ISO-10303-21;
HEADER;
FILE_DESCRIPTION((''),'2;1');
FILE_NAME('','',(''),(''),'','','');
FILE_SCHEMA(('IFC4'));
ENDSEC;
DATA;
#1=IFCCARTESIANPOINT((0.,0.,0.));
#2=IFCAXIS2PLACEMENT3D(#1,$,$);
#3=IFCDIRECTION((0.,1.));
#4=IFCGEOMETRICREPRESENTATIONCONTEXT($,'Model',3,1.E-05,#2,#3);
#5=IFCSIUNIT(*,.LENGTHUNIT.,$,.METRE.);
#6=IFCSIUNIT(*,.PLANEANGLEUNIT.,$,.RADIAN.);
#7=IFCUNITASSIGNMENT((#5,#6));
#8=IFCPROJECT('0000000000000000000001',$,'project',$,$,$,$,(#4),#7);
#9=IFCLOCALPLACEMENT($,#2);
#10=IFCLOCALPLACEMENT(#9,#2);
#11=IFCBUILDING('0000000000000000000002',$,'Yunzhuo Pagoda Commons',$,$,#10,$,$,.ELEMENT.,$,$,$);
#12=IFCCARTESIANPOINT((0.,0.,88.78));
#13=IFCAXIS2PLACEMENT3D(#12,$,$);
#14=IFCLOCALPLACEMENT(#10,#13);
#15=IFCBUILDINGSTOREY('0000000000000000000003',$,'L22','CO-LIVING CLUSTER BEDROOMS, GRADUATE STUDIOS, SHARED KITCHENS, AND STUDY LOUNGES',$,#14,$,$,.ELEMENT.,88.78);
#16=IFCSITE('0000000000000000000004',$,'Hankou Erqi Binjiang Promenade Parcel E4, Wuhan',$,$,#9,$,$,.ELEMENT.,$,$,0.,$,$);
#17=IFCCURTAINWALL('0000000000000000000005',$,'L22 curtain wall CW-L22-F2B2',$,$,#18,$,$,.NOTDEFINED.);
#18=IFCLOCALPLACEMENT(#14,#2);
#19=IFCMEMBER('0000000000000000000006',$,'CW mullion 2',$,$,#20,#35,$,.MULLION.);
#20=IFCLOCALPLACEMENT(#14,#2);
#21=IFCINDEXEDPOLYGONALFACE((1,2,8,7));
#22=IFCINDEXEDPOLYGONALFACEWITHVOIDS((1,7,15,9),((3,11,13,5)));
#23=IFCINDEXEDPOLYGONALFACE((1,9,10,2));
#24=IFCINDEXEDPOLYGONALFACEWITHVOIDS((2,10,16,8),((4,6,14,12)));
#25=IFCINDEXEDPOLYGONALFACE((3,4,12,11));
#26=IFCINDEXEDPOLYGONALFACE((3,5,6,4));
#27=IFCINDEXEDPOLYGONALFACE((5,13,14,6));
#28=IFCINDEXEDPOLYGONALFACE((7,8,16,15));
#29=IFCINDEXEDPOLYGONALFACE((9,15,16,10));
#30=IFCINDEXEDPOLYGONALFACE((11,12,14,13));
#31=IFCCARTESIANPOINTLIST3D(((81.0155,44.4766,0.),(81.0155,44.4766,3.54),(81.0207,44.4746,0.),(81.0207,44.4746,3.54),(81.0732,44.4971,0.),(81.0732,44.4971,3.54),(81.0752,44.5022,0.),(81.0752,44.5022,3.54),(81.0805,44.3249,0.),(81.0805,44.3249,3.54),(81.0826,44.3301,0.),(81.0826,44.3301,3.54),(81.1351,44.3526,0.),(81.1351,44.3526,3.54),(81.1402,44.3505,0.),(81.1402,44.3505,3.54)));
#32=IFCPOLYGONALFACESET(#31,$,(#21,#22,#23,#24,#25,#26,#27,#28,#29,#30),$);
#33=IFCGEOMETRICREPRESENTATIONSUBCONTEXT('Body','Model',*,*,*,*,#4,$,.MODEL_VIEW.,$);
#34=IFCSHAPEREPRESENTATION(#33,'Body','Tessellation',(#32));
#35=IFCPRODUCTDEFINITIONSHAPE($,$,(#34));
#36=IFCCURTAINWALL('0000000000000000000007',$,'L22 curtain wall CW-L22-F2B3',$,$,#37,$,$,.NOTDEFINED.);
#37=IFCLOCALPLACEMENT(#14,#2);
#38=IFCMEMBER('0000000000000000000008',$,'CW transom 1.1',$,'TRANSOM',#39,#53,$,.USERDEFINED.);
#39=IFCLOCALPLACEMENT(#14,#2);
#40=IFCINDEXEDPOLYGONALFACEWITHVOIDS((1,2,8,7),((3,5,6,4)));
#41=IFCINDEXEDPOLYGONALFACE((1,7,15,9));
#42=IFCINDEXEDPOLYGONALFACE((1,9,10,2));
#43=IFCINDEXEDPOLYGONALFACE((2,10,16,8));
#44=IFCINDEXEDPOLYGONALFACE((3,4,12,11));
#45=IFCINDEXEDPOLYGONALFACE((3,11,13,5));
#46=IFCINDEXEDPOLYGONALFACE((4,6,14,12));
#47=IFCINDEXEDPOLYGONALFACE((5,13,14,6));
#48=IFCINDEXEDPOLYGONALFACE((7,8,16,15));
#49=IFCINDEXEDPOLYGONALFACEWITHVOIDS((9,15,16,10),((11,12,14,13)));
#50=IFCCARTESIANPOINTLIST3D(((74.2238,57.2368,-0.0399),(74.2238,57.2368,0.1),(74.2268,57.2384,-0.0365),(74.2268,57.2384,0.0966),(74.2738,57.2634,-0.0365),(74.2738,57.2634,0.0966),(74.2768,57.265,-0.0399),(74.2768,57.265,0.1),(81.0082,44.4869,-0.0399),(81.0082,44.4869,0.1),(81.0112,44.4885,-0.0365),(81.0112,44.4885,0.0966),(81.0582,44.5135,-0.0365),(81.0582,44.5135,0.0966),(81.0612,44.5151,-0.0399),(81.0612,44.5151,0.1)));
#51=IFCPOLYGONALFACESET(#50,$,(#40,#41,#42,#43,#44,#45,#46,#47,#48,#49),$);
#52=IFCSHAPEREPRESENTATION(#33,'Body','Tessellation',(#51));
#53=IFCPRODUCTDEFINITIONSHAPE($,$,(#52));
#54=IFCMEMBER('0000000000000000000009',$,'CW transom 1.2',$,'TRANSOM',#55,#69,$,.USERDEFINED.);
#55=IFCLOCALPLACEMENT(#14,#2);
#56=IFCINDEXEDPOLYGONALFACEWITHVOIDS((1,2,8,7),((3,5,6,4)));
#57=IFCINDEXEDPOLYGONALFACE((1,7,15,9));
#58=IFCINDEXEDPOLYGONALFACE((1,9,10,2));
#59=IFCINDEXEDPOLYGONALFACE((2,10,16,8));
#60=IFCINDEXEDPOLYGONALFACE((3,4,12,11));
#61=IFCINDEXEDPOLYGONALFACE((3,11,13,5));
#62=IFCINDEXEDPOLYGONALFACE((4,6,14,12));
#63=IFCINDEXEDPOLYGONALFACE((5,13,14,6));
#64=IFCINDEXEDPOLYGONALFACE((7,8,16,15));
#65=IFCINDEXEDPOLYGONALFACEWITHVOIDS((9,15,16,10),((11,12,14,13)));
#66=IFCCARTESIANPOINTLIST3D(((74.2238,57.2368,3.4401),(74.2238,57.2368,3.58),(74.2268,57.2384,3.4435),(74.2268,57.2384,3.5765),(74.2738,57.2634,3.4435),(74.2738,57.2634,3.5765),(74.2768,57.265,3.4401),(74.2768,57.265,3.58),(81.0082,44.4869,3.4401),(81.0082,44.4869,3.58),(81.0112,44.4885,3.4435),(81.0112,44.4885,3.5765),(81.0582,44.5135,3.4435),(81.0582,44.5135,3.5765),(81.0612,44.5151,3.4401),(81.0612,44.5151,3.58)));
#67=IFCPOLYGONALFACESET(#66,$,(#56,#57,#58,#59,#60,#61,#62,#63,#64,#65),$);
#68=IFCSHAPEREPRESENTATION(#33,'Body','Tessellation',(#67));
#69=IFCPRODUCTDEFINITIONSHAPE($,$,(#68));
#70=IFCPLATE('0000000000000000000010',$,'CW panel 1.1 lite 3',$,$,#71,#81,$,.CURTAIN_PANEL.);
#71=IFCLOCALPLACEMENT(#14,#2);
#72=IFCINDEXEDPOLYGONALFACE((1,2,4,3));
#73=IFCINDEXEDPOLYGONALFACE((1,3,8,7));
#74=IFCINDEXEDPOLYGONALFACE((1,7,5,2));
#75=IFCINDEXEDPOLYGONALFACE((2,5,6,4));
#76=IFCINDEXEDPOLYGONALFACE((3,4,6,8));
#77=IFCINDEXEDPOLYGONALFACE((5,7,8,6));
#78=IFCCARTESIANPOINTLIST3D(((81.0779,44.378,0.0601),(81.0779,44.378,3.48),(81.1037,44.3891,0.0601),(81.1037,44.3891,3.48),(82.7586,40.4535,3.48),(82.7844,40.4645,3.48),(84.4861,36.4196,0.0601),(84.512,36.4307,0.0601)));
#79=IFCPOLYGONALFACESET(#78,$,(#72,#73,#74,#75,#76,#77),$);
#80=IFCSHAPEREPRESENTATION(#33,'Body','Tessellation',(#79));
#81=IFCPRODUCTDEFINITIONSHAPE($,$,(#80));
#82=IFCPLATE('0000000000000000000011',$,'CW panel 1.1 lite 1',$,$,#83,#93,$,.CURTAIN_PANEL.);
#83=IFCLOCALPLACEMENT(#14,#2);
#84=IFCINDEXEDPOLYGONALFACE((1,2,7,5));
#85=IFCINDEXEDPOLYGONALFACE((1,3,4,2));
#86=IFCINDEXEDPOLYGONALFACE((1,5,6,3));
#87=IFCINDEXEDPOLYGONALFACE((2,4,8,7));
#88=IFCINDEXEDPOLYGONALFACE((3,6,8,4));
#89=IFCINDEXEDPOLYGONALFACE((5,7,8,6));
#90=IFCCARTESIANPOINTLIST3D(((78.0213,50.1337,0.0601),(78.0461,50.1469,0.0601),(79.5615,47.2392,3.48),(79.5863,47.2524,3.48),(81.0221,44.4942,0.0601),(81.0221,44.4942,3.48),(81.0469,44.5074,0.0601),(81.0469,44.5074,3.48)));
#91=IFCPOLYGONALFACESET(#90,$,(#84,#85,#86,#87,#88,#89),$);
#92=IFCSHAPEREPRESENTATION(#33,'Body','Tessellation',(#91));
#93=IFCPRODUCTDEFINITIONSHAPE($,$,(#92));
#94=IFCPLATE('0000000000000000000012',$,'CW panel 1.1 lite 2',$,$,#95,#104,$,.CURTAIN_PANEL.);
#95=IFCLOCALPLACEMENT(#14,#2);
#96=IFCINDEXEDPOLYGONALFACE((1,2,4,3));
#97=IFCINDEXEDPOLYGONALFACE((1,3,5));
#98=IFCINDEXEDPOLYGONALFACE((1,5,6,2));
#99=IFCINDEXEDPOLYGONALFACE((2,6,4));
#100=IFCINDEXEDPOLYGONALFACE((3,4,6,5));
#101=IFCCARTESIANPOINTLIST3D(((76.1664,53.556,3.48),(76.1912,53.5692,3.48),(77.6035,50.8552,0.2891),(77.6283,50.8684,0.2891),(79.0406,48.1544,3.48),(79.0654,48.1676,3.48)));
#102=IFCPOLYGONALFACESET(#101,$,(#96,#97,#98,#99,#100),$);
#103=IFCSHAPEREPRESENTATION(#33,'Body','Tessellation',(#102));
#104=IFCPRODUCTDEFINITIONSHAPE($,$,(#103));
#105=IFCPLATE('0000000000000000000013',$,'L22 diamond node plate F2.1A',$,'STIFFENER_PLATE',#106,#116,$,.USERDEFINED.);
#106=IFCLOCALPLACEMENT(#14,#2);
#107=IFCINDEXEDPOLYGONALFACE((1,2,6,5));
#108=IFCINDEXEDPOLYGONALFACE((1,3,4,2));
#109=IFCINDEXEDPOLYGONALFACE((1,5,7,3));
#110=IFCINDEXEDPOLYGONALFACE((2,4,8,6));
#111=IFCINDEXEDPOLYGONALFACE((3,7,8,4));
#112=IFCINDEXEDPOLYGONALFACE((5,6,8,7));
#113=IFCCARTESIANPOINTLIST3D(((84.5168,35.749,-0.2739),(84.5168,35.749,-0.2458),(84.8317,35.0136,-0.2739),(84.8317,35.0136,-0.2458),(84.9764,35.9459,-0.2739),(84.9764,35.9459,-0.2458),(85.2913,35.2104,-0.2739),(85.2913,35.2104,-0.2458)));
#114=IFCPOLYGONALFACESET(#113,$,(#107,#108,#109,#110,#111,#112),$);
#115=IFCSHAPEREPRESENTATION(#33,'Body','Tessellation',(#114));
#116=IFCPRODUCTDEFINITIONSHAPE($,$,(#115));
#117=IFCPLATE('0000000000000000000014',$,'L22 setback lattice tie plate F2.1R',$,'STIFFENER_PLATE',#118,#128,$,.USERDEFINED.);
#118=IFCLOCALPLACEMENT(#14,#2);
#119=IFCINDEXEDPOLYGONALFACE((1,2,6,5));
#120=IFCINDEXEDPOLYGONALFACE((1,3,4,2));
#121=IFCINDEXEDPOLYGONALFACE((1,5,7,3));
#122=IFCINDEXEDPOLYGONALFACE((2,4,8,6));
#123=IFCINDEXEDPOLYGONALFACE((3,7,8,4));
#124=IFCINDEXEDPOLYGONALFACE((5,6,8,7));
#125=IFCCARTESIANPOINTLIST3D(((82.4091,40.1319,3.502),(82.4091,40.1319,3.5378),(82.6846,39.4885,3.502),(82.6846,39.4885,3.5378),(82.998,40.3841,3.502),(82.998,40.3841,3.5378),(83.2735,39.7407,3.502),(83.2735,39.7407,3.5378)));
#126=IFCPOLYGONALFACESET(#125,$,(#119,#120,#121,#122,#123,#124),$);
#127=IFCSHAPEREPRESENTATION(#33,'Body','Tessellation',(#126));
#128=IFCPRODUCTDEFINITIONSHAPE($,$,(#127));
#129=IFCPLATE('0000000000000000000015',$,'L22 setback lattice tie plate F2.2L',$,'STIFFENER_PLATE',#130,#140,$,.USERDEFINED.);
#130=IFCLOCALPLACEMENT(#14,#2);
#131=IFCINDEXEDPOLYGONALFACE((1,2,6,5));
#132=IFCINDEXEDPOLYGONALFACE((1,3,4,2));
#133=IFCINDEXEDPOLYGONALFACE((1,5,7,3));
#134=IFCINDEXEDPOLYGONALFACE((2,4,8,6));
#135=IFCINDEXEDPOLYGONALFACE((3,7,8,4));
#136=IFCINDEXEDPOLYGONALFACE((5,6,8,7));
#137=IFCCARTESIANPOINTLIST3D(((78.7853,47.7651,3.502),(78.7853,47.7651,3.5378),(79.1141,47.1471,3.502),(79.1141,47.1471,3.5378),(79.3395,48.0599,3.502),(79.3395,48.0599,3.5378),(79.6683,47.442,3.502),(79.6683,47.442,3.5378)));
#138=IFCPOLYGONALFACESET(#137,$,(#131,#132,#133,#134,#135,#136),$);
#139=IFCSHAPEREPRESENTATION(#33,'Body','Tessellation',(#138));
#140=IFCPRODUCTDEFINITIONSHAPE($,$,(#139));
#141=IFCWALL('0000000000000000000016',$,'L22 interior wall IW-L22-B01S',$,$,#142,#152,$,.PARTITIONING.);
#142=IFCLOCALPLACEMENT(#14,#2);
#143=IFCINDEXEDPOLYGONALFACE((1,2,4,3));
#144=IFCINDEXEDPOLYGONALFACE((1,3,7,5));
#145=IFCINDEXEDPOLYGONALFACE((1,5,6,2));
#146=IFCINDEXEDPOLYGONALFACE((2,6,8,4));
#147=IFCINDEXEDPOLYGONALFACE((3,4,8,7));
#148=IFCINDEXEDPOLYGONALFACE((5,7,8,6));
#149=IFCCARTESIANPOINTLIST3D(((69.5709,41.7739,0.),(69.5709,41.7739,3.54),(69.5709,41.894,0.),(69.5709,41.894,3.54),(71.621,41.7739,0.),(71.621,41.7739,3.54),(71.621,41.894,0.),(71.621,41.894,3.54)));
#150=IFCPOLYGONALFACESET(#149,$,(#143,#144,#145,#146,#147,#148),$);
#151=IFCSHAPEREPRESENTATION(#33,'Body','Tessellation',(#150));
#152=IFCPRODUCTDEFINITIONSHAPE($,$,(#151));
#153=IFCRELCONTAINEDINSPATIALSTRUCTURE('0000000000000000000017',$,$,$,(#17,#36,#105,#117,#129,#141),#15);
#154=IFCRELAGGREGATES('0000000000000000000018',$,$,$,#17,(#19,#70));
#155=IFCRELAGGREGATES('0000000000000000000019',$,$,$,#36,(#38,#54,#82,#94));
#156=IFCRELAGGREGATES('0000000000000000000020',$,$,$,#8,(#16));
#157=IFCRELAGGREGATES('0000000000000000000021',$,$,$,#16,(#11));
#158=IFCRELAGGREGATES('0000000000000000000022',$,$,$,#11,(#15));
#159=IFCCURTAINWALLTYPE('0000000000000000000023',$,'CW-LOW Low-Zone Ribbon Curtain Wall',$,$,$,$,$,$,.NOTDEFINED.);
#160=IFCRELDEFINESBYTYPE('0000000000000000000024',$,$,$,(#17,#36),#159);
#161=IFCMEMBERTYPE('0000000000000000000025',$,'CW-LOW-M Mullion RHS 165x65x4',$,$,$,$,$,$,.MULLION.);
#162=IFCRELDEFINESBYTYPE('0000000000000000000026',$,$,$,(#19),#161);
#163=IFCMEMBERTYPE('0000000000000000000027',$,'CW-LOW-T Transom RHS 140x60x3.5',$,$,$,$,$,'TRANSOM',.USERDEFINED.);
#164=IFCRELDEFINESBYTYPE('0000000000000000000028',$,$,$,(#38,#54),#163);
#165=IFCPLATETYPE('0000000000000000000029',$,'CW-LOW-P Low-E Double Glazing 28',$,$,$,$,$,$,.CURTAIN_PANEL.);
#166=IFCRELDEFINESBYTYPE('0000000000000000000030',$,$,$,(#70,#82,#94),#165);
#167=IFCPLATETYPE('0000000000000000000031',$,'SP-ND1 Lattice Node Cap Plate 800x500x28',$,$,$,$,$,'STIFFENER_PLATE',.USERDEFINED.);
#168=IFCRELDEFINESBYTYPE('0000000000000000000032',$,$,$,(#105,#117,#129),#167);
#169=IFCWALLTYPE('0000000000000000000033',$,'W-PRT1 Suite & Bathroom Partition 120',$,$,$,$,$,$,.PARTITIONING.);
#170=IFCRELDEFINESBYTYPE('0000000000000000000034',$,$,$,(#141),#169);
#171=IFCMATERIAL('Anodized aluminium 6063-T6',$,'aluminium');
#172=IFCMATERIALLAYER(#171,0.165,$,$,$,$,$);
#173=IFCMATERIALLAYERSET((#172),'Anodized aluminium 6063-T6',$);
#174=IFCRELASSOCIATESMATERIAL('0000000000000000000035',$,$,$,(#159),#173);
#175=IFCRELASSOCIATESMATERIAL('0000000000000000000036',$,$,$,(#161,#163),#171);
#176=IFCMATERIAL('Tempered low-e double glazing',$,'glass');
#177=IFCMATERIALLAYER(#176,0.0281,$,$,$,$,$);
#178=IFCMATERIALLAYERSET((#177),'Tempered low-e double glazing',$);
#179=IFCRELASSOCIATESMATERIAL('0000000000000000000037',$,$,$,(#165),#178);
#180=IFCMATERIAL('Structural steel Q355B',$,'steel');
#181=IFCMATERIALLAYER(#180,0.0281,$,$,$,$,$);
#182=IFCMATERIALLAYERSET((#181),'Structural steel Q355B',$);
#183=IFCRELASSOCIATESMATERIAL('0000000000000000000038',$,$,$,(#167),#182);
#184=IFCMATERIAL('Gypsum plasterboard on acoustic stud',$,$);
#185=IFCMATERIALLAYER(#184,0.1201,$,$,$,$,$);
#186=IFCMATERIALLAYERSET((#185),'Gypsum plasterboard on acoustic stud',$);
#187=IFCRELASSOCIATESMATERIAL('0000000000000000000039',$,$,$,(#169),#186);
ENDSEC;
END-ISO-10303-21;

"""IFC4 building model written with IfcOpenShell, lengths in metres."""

from ifc_helpers import new_model, si_unit, direction, frame, frame_2d, origin, origin_2d, place, context, subcontext, project, spatial, polyline, rectangle, hollow_rectangle, outline, extrude, source, transform, mapped, material, layer, layer_set, material_profile, profile_set, type_object, element, aggregate, save


model = new_model("IFC4")

# Units and contexts
model_context = context("Model", 3, precision=1e-05, world=origin(), true_north=direction((0.0, 1.0)))
body_context = subcontext(model_context, "Body", "Model", "MODEL_VIEW")
ifc_project = project(units=[si_unit("LENGTHUNIT", "METRE"), si_unit("PLANEANGLEUNIT", "RADIAN")], contexts=[model_context])

# Site, building, storey
site_placement = place(None, origin())
site = spatial("IfcSite", under=ifc_project, at=site_placement, Name="Hankou Erqi Binjiang Promenade Parcel E4, Wuhan", CompositionType="ELEMENT", RefElevation=0.0)
building_placement = place(site_placement, origin())
building = spatial("IfcBuilding", under=site, at=building_placement, Name="Yunzhuo Pagoda Commons", CompositionType="ELEMENT")
storey_placement = place(building_placement, frame((0.0, 0.0, 88.78)))
storey = spatial("IfcBuildingStorey", under=building, at=storey_placement, Name="L22", Description="CO-LIVING CLUSTER BEDROOMS, GRADUATE STUDIOS, SHARED KITCHENS, AND STUDY LOUNGES", CompositionType="ELEMENT", Elevation=88.78)

# Shared definitions
ifc_material_1 = material(Name="Structural steel Q355B", Category="steel")

# Curtain wall, member
ifc_material_2 = material(Name="Anodized aluminium 6063-T6", Category="aluminium")
ifc_layer_1 = layer(ifc_material_2, 0.165)
ifc_layer_set_1 = layer_set([ifc_layer_1], Name="Anodized aluminium 6063-T6")
curtain_wall_type = type_object("IfcCurtainWallType", Name="CW-LOW Low-Zone Ribbon Curtain Wall", PredefinedType="NOTDEFINED", material=ifc_layer_set_1)
curtain_wall_1_placement = place(storey_placement, origin())
curtain_wall_1 = element("IfcCurtainWall", 1, at=curtain_wall_1_placement, inside=storey, type_object=curtain_wall_type, Name="L22 curtain wall CW-L22-F2B2", PredefinedType="NOTDEFINED")
ifc_material_profile_1 = material_profile(ifc_material_2, hollow_rectangle(XDim=0.0649, YDim=0.165, WallThickness=0.0039, at=origin_2d()), Name="Anodized aluminium 6063-T6")
ifc_profile_set_1 = profile_set([ifc_material_profile_1], Name="Anodized aluminium 6063-T6")
member_type_1 = type_object("IfcMemberType", Name="CW-LOW-M Mullion RHS 165x65x4", PredefinedType="MULLION", material=ifc_profile_set_1)
shared_shape_1 = source(origin(), body_context, "Body", "SweptSolid", [
    extrude(hollow_rectangle(XDim=0.0649, YDim=0.165, WallThickness=0.0039, at=origin_2d()), origin(), (0.0, 0.0, 1.0), 3.54),
])
member_1_placement = place(storey_placement, frame((81.0779, 44.4136, 0.0), z_axis=(0.0, 0.0, 1.0), x_axis=(-0.91925, -0.393674, 0.0)))
member_1 = element("IfcMember", 2, at=member_1_placement, type_object=member_type_1, Name="CW mullion 2", PredefinedType="MULLION", context=body_context, shape_type="MappedRepresentation", body=[
    mapped(shared_shape_1, transform((0.0, 0.0, 0.0), scale=1.0)),
])

# Curtain wall, members
curtain_wall_2_placement = place(storey_placement, origin())
curtain_wall_2 = element("IfcCurtainWall", 3, at=curtain_wall_2_placement, inside=storey, type_object=curtain_wall_type, Name="L22 curtain wall CW-L22-F2B3", PredefinedType="NOTDEFINED")
ifc_material_profile_2 = material_profile(ifc_material_2, hollow_rectangle(XDim=0.0601, YDim=0.1399, WallThickness=0.0034, at=origin_2d()), Name="Anodized aluminium 6063-T6")
ifc_profile_set_2 = profile_set([ifc_material_profile_2], Name="Anodized aluminium 6063-T6")
member_type_2 = type_object("IfcMemberType", Name="CW-LOW-T Transom RHS 140x60x3.5", ElementType="TRANSOM", PredefinedType="USERDEFINED", material=ifc_profile_set_2)
shared_shape_2 = source(origin(), body_context, "Body", "SweptSolid", [
    extrude(hollow_rectangle(XDim=0.0601, YDim=0.1399, WallThickness=0.0034, at=origin_2d()), origin(), (0.0, 0.0, 1.0), 14.4426),
])
member_2_placement = place(storey_placement, frame((81.0347, 44.501, 0.03), z_axis=(-0.469748, 0.8828, 0.0), x_axis=(-0.8828, -0.469748, 0.0)))
member_2 = element("IfcMember", 4, at=member_2_placement, type_object=member_type_2, Name="CW transom 1.1", ObjectType="TRANSOM", PredefinedType="USERDEFINED", context=body_context, shape_type="MappedRepresentation", body=[
    mapped(shared_shape_2, transform((0.0, 0.0, 0.0), scale=1.0)),
])
member_3_placement = place(storey_placement, frame((81.0347, 44.501, 3.51), z_axis=(-0.469748, 0.8828, 0.0), x_axis=(-0.8828, -0.469748, 0.0)))
member_3 = element("IfcMember", 5, at=member_3_placement, type_object=member_type_2, Name="CW transom 1.2", ObjectType="TRANSOM", PredefinedType="USERDEFINED", context=body_context, shape_type="MappedRepresentation", body=[
    mapped(shared_shape_2, transform((0.0, 0.0, 0.0), scale=1.0)),
])

# Plates
ifc_material_3 = material(Name="Tempered low-e double glazing", Category="glass")
ifc_layer_2 = layer(ifc_material_3, 0.0281)
ifc_layer_set_2 = layer_set([ifc_layer_2], Name="Tempered low-e double glazing")
plate_type_1 = type_object("IfcPlateType", Name="CW-LOW-P Low-E Double Glazing 28", PredefinedType="CURTAIN_PANEL", material=ifc_layer_set_2)
plate_1_placement = place(storey_placement, frame((82.782, 40.3989, 1.77), z_axis=(0.91925, 0.393674, 0.0), x_axis=(-0.393674, 0.91925, 0.0)))
plate_1 = element("IfcPlate", 6, at=plate_1_placement, type_object=plate_type_1, Name="CW panel 1.1 lite 3", PredefinedType="CURTAIN_PANEL", context=body_context, shape_type="SweptSolid", body=[
    extrude(outline(polyline([(-4.3289, -1.71), (4.3286, -1.71), (4.3286, 1.71), (0.0593, 1.71), (-4.3289, -1.71)])), origin(), (0.0, 0.0, 1.0), 0.0281),
])
aggregate(curtain_wall_1, [member_1, plate_1])
plate_2_placement = place(storey_placement, frame((79.5217, 47.314, 1.77), z_axis=(0.882805, 0.46974, 0.0), x_axis=(-0.46974, 0.882805, 0.0)))
plate_2 = element("IfcPlate", 7, at=plate_2_placement, type_object=plate_type_1, Name="CW panel 1.1 lite 1", PredefinedType="CURTAIN_PANEL", context=body_context, shape_type="SweptSolid", body=[
    extrude(outline(polyline([(-3.1941, -1.71), (3.1941, -1.71), (-0.0847, 1.71), (-3.1941, 1.71), (-3.1941, -1.71)])), origin(), (0.0, 0.0, 1.0), 0.0281),
])
plate_3_placement = place(storey_placement, frame((77.6035, 50.8552, 1.8845), z_axis=(0.882805, 0.46974, 0.0), x_axis=(-0.46974, 0.882805, 0.0)))
plate_3 = element("IfcPlate", 8, at=plate_3_placement, type_object=plate_type_1, Name="CW panel 1.1 lite 2", PredefinedType="CURTAIN_PANEL", context=body_context, shape_type="SweptSolid", body=[
    extrude(outline(polyline([(-3.0593, 1.5955), (0.0, -1.5955), (3.0593, 1.5955), (-3.0593, 1.5955)])), origin(), (0.0, 0.0, 1.0), 0.0281),
])
aggregate(curtain_wall_2, [member_2, member_3, plate_2, plate_3])

# Plates
ifc_layer_3 = layer(ifc_material_1, 0.0281)
ifc_layer_set_3 = layer_set([ifc_layer_3], Name="Structural steel Q355B")
plate_type_2 = type_object("IfcPlateType", Name="SP-ND1 Lattice Node Cap Plate 800x500x28", ElementType="STIFFENER_PLATE", PredefinedType="USERDEFINED", material=ifc_layer_set_3)
shared_shape_3 = source(origin(), body_context, "Body", "SweptSolid", [
    extrude(rectangle(XDim=0.8, YDim=0.5, at=origin_2d()), origin(), (0.0, 0.0, 1.0), 0.0281),
])
plate_4_placement = place(storey_placement, frame((84.9041, 35.4797, -0.2739), z_axis=(0.0, 0.0, 1.0), x_axis=(-0.393669, 0.919252, 0.0)))
element("IfcPlate", 9, at=plate_4_placement, inside=storey, type_object=plate_type_2, Name="L22 diamond node plate F2.1A", ObjectType="STIFFENER_PLATE", PredefinedType="USERDEFINED", context=body_context, shape_type="MappedRepresentation", body=[
    mapped(shared_shape_3, transform((0.0, 0.0, 0.0), scale=1.0)),
])
shared_shape_4 = source(origin(), body_context, "Body", "SweptSolid", [
    extrude(rectangle(XDim=0.7, YDim=0.6406, at=origin_2d()), origin(), (0.0, 0.0, 1.0), 0.0359),
])
plate_5_placement = place(storey_placement, frame((82.8413, 39.9363, 3.502), z_axis=(0.0, 0.0, 1.0), x_axis=(-0.393669, 0.919252, 0.0)))
element("IfcPlate", 10, at=plate_5_placement, inside=storey, type_object=plate_type_2, Name="L22 setback lattice tie plate F2.1R", ObjectType="STIFFENER_PLATE", PredefinedType="USERDEFINED", context=body_context, shape_type="MappedRepresentation", body=[
    mapped(shared_shape_4, transform((0.0, 0.0, 0.0), scale=1.0)),
])
shared_shape_5 = source(origin(), body_context, "Body", "SweptSolid", [
    extrude(rectangle(XDim=0.7, YDim=0.6277, at=origin_2d()), origin(), (0.0, 0.0, 1.0), 0.0359),
])
plate_6_placement = place(storey_placement, frame((79.2268, 47.6035, 3.502), z_axis=(0.0, 0.0, 1.0), x_axis=(-0.469734, 0.882808, 0.0)))
element("IfcPlate", 11, at=plate_6_placement, inside=storey, type_object=plate_type_2, Name="L22 setback lattice tie plate F2.2L", ObjectType="STIFFENER_PLATE", PredefinedType="USERDEFINED", context=body_context, shape_type="MappedRepresentation", body=[
    mapped(shared_shape_5, transform((0.0, 0.0, 0.0), scale=1.0)),
])

# Wall
ifc_material_4 = material(Name="Gypsum plasterboard on acoustic stud")
ifc_layer_4 = layer(ifc_material_4, 0.1201)
ifc_layer_set_4 = layer_set([ifc_layer_4], Name="Gypsum plasterboard on acoustic stud")
wall_type = type_object("IfcWallType", Name="W-PRT1 Suite & Bathroom Partition 120", PredefinedType="PARTITIONING", material=ifc_layer_set_4)
wall_1_placement = place(storey_placement, frame((69.571, 41.834, 0.0), z_axis=(0.0, 0.0, 1.0), x_axis=(1.0, 0.0, 0.0)))
element("IfcWall", 12, at=wall_1_placement, inside=storey, type_object=wall_type, Name="L22 interior wall IW-L22-B01S", PredefinedType="PARTITIONING", context=body_context, shape_type="SweptSolid", body=[
    extrude(rectangle(XDim=2.05, YDim=0.1201, at=frame_2d((1.0249, 0.0))), origin(), (0.0, 0.0, 1.0), 3.54),
])

save(model, "model.ifc")
